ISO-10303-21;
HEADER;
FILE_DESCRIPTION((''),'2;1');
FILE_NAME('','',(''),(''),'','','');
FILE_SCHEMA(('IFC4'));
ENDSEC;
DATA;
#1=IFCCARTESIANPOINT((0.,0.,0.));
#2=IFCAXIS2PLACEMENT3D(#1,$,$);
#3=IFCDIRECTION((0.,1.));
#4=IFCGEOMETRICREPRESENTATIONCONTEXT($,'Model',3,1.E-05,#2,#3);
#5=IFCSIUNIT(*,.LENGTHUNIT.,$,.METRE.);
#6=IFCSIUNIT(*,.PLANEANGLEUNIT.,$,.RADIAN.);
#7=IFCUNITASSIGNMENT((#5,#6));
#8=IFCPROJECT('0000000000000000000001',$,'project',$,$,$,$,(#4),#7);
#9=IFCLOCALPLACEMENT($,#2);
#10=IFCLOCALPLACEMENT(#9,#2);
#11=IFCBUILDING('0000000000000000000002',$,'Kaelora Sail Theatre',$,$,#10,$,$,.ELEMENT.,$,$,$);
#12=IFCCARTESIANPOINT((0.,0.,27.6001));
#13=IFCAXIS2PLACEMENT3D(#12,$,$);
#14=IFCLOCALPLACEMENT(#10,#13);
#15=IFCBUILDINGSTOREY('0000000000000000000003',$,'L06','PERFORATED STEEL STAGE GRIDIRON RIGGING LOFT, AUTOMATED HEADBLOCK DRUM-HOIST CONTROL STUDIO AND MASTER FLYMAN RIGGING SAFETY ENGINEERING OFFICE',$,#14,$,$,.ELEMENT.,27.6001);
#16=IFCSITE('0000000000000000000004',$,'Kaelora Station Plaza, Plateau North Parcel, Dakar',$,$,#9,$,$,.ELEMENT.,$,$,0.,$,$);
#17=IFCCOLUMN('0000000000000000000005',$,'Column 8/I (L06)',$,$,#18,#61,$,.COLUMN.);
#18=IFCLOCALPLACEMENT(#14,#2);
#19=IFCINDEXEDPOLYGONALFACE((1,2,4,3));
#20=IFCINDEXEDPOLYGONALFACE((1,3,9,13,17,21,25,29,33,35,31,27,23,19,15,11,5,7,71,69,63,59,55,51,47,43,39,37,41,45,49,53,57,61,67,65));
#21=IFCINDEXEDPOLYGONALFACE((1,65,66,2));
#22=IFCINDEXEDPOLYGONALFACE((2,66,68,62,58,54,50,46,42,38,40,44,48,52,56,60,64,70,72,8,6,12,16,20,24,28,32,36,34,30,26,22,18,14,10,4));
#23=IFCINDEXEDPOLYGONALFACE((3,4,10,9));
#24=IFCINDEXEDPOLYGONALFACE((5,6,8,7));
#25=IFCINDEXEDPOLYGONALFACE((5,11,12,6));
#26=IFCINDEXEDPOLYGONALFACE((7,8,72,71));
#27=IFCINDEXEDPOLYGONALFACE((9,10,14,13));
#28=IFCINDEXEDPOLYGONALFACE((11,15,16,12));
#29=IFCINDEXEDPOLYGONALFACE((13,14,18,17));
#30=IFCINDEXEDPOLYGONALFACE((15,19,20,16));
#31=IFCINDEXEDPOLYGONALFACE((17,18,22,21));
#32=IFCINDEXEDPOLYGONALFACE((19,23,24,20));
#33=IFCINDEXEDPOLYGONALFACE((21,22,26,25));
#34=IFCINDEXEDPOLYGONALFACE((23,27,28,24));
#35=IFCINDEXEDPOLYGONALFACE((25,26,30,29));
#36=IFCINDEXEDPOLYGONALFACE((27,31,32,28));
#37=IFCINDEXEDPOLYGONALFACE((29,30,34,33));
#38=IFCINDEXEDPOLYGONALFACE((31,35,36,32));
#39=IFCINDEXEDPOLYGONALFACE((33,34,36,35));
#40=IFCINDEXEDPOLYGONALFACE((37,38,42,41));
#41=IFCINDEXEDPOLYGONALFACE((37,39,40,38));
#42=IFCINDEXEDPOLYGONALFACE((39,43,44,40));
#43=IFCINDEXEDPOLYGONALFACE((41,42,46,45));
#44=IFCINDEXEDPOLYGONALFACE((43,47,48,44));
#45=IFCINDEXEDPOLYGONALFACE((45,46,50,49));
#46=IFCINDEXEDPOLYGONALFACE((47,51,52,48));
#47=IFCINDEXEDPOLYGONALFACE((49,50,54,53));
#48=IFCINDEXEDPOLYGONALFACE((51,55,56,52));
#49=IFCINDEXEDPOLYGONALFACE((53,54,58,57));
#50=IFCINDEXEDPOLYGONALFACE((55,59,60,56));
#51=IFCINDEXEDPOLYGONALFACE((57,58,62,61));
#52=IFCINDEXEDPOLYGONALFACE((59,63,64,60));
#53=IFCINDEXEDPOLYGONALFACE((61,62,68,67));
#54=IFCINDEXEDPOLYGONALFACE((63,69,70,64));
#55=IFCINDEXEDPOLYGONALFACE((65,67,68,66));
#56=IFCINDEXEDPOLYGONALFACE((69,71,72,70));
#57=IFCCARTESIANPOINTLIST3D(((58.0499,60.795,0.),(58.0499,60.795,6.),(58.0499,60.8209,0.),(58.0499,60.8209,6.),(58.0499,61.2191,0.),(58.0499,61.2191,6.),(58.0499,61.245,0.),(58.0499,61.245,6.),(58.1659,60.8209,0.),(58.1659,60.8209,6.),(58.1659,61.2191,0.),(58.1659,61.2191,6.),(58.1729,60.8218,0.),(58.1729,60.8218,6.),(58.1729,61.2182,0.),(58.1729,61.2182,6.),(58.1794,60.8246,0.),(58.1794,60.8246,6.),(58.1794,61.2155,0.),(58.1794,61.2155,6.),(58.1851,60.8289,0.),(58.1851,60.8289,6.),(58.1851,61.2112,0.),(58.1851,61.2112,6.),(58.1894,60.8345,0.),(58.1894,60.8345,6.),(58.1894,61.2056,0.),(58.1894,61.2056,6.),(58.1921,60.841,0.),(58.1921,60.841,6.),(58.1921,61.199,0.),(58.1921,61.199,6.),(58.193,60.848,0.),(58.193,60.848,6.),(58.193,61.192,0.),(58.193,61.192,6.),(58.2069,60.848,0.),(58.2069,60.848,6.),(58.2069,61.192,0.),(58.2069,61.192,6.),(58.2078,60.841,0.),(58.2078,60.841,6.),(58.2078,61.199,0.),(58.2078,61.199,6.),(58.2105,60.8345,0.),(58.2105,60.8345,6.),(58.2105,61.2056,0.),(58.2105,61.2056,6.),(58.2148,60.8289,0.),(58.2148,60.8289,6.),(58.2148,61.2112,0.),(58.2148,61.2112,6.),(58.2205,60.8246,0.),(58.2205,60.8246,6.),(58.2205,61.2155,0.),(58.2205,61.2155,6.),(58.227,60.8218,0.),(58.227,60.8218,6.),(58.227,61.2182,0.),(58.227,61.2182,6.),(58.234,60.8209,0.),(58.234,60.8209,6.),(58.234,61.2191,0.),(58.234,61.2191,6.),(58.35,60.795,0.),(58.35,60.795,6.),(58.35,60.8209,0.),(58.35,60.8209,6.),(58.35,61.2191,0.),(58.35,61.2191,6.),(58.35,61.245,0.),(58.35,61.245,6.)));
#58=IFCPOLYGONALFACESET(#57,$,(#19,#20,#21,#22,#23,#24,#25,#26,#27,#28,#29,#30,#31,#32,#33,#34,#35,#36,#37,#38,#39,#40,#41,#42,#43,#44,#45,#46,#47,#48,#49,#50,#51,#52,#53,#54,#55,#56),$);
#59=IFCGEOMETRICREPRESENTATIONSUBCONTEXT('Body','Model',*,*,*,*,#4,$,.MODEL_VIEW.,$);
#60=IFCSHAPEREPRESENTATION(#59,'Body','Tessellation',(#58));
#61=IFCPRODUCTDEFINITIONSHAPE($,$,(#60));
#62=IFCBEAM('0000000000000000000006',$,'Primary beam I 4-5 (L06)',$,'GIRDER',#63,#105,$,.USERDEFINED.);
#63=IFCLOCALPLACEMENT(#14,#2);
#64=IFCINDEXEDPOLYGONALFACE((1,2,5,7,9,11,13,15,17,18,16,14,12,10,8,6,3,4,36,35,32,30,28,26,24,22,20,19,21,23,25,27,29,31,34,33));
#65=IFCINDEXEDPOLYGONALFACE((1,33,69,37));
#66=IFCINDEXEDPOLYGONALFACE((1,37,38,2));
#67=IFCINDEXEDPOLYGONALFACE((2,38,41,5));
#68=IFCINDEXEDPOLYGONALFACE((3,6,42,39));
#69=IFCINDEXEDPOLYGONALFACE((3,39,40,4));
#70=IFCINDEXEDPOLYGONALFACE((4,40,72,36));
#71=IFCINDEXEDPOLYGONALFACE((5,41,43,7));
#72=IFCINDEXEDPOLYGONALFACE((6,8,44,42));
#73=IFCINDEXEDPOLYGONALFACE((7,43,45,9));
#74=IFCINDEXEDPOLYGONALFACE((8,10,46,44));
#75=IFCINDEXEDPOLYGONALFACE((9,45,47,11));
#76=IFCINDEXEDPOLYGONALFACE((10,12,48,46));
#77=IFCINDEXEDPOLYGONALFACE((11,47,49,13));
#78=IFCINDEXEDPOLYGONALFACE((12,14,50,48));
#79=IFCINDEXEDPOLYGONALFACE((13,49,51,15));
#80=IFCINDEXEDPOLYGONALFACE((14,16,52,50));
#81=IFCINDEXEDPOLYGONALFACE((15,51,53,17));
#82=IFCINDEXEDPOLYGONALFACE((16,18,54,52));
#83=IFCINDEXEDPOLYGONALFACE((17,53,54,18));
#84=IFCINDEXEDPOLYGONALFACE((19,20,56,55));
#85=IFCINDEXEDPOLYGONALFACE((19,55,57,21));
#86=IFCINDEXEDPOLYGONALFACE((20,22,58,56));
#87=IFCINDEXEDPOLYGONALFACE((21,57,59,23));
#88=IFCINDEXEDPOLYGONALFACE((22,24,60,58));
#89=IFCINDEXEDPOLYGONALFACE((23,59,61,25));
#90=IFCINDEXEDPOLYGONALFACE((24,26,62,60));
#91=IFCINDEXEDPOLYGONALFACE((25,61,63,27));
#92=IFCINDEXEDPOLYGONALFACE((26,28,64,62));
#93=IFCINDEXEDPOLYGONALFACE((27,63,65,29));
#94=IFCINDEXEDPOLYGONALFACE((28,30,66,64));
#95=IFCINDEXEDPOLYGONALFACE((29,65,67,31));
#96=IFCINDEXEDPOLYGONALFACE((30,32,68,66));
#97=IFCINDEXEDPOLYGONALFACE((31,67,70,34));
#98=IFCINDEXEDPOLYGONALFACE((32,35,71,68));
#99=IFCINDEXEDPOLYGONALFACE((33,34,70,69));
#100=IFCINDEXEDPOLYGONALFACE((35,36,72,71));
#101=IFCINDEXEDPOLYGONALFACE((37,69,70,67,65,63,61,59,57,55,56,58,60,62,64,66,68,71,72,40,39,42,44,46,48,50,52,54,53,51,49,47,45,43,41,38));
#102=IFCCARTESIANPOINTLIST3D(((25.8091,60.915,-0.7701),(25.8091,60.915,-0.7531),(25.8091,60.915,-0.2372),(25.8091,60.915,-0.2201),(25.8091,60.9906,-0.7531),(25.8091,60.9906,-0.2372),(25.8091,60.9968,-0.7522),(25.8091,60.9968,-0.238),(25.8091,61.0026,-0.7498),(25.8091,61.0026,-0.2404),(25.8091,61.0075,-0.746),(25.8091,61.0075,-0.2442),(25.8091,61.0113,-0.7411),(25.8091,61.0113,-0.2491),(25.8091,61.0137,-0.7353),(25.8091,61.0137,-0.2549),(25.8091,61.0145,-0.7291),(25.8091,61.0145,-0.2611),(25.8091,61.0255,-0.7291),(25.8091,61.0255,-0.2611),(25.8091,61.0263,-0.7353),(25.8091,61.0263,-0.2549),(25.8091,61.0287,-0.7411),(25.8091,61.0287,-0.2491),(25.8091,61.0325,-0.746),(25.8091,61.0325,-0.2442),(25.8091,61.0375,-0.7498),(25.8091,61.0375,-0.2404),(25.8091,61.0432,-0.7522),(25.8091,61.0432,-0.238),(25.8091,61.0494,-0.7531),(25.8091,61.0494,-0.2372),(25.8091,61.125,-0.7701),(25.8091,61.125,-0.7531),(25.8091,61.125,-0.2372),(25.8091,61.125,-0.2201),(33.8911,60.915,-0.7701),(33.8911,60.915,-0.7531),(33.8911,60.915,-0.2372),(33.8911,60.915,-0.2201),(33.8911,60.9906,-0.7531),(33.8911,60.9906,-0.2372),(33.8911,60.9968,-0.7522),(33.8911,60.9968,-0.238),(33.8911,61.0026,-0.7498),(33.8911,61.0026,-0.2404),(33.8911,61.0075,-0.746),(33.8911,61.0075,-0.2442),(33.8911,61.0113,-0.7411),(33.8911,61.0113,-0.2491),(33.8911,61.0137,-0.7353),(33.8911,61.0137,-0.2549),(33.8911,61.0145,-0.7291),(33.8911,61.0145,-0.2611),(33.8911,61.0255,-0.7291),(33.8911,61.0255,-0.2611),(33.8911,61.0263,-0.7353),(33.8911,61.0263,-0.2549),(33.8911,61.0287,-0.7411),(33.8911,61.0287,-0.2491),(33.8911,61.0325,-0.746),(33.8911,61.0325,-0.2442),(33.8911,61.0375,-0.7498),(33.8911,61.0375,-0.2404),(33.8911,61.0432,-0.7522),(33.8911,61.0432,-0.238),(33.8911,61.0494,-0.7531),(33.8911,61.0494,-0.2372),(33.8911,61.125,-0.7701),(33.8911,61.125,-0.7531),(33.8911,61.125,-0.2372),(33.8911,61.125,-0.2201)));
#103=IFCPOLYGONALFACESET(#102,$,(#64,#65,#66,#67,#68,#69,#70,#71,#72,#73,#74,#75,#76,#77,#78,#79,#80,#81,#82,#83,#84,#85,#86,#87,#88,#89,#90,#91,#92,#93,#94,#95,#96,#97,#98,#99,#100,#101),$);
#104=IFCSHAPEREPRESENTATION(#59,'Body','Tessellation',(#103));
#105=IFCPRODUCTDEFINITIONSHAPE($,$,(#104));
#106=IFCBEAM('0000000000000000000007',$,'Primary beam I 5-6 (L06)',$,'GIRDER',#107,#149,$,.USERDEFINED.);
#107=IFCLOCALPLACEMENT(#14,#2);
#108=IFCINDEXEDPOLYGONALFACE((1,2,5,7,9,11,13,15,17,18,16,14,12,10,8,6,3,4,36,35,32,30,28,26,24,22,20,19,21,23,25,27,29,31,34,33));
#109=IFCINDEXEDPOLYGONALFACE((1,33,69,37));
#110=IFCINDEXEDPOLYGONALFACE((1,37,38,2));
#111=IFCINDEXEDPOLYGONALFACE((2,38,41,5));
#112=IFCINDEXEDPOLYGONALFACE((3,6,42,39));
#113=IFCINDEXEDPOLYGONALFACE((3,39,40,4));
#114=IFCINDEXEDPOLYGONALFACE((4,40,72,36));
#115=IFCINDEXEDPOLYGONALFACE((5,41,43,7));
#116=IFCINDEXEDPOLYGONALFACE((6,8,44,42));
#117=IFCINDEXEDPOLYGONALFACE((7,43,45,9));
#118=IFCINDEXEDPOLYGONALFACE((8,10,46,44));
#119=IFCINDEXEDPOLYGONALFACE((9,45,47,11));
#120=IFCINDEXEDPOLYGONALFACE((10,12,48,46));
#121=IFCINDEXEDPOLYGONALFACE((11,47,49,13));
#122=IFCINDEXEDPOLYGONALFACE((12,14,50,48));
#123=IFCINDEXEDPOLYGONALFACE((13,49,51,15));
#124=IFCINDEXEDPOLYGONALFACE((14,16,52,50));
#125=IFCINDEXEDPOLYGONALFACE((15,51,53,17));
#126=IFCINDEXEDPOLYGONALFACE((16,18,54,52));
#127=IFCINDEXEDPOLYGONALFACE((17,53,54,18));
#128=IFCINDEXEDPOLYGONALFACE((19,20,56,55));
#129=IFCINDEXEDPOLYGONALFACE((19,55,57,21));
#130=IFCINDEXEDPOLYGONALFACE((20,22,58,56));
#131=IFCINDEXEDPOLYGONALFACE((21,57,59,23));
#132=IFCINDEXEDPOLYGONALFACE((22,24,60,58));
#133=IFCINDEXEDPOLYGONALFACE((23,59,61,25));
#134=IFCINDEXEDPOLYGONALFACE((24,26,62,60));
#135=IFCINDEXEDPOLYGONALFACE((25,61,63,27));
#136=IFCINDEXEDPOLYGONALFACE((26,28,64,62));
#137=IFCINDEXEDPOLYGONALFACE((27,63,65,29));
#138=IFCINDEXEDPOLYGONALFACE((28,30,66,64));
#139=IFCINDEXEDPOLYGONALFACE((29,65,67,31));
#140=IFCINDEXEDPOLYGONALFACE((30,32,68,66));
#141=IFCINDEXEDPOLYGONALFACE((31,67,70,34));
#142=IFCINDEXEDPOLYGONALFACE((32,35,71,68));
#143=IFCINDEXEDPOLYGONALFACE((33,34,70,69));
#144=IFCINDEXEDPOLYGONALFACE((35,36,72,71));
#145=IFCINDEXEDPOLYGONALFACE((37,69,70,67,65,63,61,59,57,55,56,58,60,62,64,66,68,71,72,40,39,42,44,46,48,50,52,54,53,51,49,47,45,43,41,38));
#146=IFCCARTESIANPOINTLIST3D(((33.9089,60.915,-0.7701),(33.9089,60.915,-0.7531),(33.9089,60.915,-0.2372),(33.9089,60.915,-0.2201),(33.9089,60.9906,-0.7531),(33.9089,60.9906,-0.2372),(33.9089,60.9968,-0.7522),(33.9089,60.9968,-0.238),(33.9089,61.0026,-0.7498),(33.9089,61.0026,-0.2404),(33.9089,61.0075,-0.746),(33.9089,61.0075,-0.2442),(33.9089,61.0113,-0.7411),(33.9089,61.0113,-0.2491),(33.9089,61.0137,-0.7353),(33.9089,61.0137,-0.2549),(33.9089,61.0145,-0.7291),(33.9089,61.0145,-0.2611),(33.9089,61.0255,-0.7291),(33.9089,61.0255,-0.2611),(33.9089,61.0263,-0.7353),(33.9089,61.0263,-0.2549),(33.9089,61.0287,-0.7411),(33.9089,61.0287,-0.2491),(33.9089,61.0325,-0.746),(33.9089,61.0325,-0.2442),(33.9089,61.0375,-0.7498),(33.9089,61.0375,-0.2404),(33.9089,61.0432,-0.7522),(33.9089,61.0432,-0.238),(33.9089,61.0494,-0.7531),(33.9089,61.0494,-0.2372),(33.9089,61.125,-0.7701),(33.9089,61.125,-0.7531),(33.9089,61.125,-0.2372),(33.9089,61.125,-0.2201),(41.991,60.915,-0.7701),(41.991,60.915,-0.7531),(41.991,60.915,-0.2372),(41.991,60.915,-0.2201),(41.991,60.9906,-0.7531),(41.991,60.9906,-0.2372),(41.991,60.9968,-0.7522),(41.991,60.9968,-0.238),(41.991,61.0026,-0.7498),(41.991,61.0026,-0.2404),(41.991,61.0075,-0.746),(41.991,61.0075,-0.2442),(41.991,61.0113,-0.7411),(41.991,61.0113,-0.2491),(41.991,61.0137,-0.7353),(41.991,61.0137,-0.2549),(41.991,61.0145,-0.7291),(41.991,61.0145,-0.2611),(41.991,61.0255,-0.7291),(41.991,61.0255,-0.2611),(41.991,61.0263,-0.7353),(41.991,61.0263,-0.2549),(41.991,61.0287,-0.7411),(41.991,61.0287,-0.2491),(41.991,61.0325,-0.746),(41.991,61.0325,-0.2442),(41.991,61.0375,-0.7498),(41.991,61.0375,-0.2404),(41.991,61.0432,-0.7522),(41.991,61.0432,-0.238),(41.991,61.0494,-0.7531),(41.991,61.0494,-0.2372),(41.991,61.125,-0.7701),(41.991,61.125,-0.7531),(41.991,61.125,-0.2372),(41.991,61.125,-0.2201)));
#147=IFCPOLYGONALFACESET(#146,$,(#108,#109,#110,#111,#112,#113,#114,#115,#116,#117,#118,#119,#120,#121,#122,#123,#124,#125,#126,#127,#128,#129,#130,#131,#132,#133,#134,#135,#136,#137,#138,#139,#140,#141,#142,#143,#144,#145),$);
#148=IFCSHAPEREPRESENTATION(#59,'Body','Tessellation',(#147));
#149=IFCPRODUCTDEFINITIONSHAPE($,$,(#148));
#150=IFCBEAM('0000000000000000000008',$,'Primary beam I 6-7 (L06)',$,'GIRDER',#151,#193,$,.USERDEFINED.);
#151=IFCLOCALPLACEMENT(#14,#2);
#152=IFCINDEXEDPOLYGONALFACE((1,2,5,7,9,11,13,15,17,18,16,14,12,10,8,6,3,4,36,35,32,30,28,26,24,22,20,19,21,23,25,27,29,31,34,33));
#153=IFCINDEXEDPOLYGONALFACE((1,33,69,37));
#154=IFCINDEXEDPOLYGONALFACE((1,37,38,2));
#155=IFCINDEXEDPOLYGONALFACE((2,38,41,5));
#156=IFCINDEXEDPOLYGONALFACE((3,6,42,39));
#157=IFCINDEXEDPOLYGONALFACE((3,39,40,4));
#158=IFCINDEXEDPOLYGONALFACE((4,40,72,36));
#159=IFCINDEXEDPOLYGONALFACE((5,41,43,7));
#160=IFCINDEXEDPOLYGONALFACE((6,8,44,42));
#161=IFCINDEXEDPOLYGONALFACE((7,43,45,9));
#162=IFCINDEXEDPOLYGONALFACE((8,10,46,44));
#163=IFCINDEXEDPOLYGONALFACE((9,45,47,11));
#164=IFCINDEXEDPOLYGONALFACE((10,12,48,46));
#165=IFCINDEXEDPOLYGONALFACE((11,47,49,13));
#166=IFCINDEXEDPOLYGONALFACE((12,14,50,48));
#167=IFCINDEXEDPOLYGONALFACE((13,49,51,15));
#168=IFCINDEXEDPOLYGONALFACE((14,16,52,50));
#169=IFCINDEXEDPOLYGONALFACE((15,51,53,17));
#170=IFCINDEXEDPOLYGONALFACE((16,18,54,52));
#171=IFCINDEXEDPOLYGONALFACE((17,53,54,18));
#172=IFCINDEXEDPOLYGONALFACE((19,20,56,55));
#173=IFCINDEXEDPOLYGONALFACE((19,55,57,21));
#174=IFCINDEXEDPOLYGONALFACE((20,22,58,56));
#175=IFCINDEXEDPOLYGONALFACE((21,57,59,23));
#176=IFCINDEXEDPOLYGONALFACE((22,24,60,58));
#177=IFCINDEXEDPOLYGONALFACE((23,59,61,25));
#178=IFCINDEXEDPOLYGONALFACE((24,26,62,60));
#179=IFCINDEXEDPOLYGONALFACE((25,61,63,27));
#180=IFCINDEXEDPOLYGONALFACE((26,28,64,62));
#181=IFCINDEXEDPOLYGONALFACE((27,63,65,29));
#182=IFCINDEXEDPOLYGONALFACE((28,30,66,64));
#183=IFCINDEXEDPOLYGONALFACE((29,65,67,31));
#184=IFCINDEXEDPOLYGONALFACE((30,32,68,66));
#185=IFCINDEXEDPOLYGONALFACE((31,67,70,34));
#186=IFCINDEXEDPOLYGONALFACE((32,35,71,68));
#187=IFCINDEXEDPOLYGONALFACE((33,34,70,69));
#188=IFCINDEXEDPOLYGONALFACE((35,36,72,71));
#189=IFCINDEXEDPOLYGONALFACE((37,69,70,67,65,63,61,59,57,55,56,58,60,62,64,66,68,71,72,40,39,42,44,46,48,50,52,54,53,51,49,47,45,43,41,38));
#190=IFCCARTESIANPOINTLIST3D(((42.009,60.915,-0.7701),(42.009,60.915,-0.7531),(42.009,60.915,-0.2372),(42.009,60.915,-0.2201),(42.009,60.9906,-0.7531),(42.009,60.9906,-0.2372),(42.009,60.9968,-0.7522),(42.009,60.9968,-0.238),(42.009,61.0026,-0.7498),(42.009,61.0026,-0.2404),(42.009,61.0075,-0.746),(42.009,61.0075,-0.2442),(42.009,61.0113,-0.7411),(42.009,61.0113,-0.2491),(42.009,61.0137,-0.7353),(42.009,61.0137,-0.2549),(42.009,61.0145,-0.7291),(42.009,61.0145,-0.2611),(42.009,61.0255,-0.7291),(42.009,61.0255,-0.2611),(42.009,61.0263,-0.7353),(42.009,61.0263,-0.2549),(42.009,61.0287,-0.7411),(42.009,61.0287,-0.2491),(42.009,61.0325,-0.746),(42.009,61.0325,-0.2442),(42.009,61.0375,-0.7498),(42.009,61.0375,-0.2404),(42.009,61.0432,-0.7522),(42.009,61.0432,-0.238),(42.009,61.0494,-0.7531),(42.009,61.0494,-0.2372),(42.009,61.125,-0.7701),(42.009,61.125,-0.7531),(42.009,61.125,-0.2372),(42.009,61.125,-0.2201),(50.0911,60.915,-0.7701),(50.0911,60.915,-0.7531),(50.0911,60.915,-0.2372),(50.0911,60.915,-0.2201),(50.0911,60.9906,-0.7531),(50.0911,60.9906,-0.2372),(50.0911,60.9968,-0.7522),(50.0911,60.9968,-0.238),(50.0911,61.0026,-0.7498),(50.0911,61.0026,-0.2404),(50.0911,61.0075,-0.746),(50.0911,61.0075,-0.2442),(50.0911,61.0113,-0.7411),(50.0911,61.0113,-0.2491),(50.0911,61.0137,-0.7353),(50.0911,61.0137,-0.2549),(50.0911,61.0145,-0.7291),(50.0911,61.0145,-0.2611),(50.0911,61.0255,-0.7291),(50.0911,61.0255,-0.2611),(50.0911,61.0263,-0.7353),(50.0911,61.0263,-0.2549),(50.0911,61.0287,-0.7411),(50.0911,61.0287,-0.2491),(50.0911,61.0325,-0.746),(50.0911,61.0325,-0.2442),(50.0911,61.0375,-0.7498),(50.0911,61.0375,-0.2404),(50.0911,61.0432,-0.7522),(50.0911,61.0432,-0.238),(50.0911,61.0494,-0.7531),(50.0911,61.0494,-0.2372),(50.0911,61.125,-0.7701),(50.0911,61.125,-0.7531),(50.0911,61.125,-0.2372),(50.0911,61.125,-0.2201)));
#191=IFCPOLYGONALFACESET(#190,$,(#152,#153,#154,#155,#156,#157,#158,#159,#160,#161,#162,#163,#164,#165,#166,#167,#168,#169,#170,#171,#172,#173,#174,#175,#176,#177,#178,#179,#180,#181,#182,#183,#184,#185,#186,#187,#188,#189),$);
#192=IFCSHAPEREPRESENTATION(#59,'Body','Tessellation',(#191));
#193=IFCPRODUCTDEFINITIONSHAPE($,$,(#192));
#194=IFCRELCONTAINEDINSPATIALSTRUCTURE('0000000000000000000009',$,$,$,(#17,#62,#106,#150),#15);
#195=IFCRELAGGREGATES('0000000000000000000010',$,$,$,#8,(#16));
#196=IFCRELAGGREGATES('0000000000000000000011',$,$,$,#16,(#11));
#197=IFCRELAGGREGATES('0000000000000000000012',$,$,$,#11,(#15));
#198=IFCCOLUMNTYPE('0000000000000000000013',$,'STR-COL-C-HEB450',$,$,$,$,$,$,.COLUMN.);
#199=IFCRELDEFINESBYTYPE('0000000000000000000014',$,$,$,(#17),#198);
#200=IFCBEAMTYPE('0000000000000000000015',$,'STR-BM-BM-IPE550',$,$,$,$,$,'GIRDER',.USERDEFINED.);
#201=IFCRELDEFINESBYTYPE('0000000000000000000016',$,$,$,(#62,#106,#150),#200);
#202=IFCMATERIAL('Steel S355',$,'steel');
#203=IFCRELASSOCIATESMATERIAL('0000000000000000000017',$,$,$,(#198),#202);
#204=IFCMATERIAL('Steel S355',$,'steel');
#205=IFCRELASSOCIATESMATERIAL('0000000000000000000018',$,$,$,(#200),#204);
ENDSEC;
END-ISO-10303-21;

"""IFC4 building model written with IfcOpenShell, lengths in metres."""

from ifc_helpers import new_model, si_unit, direction, frame, origin, origin_2d, place, context, subcontext, project, spatial, i_section, extrude, material, material_profile, profile_set, type_object, element, save


model = new_model("IFC4")

# Units and contexts
model_context = context("Model", 3, precision=1e-05, world=origin(), true_north=direction((0.0, 1.0)))
body_context = subcontext(model_context, "Body", "Model", "MODEL_VIEW")
ifc_project = project(units=[si_unit("LENGTHUNIT", "METRE"), si_unit("PLANEANGLEUNIT", "RADIAN")], contexts=[model_context])

# Site, building, storey
site_placement = place(None, origin())
site = spatial("IfcSite", under=ifc_project, at=site_placement, Name="Kaelora Station Plaza, Plateau North Parcel, Dakar", CompositionType="ELEMENT", RefElevation=0.0)
building_placement = place(site_placement, origin())
building = spatial("IfcBuilding", under=site, at=building_placement, Name="Kaelora Sail Theatre", CompositionType="ELEMENT")
storey_placement = place(building_placement, frame((0.0, 0.0, 27.6001)))
storey = spatial("IfcBuildingStorey", under=building, at=storey_placement, Name="L06", Description="PERFORATED STEEL STAGE GRIDIRON RIGGING LOFT, AUTOMATED HEADBLOCK DRUM-HOIST CONTROL STUDIO AND MASTER FLYMAN RIGGING SAFETY ENGINEERING OFFICE", CompositionType="ELEMENT", Elevation=27.6001)

# Column
ifc_material_1 = material(Name="Steel S355", Category="steel")
ifc_material_profile_1 = material_profile(ifc_material_1, i_section(OverallWidth=0.3, OverallDepth=0.45, WebThickness=0.0139, FlangeThickness=0.0259, FilletRadius=0.0271, at=origin_2d()), Name="HEB 450")
ifc_profile_set_1 = profile_set([ifc_material_profile_1], Name="Steel S355")
column_type = type_object("IfcColumnType", Name="STR-COL-C-HEB450", PredefinedType="COLUMN", material=ifc_profile_set_1)
for number, where, z_axis, x_axis, name in (
    (1, (58.2, 61.02, 0.0), (0.0, 0.0, 1.0), (1.0, 0.0, 0.0), "Column 8/I (L06)"),
):
    element("IfcColumn", number, at=place(storey_placement, frame(where, z_axis=z_axis, x_axis=x_axis)), inside=storey, type_object=column_type, Name=name, PredefinedType="COLUMN", context=body_context, shape_type="SweptSolid", body=[
        extrude(i_section(OverallWidth=0.3, OverallDepth=0.45, WebThickness=0.0139, FlangeThickness=0.0259, FilletRadius=0.0271, at=origin_2d()), origin(), (0.0, 0.0, 1.0), 6.0),
    ])

# Beams
ifc_material_2 = material(Name="Steel S355", Category="steel")
ifc_material_profile_2 = material_profile(ifc_material_2, i_section(OverallWidth=0.21, OverallDepth=0.55, WebThickness=0.011, FlangeThickness=0.0171, FilletRadius=0.0239, at=origin_2d()), Name="IPE 550")
ifc_profile_set_2 = profile_set([ifc_material_profile_2], Name="Steel S355")
beam_type_1 = type_object("IfcBeamType", Name="STR-BM-BM-IPE550", ElementType="GIRDER", PredefinedType="USERDEFINED", material=ifc_profile_set_2)
for number, where, z_axis, x_axis, name in (
    (2, (25.8091, 61.02, -0.4951), (1.0, 0.0, 0.0), (0.0, 1.0, 0.0), "Primary beam I 4-5 (L06)"),
    (3, (33.9089, 61.02, -0.4951), (1.0, 0.0, 0.0), (0.0, 1.0, 0.0), "Primary beam I 5-6 (L06)"),
    (4, (42.009, 61.02, -0.4951), (1.0, 0.0, 0.0), (0.0, 1.0, 0.0), "Primary beam I 6-7 (L06)"),
):
    element("IfcBeam", number, at=place(storey_placement, frame(where, z_axis=z_axis, x_axis=x_axis)), inside=storey, type_object=beam_type_1, Name=name, ObjectType="GIRDER", PredefinedType="USERDEFINED", context=body_context, shape_type="SweptSolid", body=[
        extrude(i_section(OverallWidth=0.21, OverallDepth=0.55, WebThickness=0.011, FlangeThickness=0.0171, FilletRadius=0.0239, at=origin_2d()), origin(), (0.0, 0.0, 1.0), 8.082),
    ])

save(model, "model.ifc")
